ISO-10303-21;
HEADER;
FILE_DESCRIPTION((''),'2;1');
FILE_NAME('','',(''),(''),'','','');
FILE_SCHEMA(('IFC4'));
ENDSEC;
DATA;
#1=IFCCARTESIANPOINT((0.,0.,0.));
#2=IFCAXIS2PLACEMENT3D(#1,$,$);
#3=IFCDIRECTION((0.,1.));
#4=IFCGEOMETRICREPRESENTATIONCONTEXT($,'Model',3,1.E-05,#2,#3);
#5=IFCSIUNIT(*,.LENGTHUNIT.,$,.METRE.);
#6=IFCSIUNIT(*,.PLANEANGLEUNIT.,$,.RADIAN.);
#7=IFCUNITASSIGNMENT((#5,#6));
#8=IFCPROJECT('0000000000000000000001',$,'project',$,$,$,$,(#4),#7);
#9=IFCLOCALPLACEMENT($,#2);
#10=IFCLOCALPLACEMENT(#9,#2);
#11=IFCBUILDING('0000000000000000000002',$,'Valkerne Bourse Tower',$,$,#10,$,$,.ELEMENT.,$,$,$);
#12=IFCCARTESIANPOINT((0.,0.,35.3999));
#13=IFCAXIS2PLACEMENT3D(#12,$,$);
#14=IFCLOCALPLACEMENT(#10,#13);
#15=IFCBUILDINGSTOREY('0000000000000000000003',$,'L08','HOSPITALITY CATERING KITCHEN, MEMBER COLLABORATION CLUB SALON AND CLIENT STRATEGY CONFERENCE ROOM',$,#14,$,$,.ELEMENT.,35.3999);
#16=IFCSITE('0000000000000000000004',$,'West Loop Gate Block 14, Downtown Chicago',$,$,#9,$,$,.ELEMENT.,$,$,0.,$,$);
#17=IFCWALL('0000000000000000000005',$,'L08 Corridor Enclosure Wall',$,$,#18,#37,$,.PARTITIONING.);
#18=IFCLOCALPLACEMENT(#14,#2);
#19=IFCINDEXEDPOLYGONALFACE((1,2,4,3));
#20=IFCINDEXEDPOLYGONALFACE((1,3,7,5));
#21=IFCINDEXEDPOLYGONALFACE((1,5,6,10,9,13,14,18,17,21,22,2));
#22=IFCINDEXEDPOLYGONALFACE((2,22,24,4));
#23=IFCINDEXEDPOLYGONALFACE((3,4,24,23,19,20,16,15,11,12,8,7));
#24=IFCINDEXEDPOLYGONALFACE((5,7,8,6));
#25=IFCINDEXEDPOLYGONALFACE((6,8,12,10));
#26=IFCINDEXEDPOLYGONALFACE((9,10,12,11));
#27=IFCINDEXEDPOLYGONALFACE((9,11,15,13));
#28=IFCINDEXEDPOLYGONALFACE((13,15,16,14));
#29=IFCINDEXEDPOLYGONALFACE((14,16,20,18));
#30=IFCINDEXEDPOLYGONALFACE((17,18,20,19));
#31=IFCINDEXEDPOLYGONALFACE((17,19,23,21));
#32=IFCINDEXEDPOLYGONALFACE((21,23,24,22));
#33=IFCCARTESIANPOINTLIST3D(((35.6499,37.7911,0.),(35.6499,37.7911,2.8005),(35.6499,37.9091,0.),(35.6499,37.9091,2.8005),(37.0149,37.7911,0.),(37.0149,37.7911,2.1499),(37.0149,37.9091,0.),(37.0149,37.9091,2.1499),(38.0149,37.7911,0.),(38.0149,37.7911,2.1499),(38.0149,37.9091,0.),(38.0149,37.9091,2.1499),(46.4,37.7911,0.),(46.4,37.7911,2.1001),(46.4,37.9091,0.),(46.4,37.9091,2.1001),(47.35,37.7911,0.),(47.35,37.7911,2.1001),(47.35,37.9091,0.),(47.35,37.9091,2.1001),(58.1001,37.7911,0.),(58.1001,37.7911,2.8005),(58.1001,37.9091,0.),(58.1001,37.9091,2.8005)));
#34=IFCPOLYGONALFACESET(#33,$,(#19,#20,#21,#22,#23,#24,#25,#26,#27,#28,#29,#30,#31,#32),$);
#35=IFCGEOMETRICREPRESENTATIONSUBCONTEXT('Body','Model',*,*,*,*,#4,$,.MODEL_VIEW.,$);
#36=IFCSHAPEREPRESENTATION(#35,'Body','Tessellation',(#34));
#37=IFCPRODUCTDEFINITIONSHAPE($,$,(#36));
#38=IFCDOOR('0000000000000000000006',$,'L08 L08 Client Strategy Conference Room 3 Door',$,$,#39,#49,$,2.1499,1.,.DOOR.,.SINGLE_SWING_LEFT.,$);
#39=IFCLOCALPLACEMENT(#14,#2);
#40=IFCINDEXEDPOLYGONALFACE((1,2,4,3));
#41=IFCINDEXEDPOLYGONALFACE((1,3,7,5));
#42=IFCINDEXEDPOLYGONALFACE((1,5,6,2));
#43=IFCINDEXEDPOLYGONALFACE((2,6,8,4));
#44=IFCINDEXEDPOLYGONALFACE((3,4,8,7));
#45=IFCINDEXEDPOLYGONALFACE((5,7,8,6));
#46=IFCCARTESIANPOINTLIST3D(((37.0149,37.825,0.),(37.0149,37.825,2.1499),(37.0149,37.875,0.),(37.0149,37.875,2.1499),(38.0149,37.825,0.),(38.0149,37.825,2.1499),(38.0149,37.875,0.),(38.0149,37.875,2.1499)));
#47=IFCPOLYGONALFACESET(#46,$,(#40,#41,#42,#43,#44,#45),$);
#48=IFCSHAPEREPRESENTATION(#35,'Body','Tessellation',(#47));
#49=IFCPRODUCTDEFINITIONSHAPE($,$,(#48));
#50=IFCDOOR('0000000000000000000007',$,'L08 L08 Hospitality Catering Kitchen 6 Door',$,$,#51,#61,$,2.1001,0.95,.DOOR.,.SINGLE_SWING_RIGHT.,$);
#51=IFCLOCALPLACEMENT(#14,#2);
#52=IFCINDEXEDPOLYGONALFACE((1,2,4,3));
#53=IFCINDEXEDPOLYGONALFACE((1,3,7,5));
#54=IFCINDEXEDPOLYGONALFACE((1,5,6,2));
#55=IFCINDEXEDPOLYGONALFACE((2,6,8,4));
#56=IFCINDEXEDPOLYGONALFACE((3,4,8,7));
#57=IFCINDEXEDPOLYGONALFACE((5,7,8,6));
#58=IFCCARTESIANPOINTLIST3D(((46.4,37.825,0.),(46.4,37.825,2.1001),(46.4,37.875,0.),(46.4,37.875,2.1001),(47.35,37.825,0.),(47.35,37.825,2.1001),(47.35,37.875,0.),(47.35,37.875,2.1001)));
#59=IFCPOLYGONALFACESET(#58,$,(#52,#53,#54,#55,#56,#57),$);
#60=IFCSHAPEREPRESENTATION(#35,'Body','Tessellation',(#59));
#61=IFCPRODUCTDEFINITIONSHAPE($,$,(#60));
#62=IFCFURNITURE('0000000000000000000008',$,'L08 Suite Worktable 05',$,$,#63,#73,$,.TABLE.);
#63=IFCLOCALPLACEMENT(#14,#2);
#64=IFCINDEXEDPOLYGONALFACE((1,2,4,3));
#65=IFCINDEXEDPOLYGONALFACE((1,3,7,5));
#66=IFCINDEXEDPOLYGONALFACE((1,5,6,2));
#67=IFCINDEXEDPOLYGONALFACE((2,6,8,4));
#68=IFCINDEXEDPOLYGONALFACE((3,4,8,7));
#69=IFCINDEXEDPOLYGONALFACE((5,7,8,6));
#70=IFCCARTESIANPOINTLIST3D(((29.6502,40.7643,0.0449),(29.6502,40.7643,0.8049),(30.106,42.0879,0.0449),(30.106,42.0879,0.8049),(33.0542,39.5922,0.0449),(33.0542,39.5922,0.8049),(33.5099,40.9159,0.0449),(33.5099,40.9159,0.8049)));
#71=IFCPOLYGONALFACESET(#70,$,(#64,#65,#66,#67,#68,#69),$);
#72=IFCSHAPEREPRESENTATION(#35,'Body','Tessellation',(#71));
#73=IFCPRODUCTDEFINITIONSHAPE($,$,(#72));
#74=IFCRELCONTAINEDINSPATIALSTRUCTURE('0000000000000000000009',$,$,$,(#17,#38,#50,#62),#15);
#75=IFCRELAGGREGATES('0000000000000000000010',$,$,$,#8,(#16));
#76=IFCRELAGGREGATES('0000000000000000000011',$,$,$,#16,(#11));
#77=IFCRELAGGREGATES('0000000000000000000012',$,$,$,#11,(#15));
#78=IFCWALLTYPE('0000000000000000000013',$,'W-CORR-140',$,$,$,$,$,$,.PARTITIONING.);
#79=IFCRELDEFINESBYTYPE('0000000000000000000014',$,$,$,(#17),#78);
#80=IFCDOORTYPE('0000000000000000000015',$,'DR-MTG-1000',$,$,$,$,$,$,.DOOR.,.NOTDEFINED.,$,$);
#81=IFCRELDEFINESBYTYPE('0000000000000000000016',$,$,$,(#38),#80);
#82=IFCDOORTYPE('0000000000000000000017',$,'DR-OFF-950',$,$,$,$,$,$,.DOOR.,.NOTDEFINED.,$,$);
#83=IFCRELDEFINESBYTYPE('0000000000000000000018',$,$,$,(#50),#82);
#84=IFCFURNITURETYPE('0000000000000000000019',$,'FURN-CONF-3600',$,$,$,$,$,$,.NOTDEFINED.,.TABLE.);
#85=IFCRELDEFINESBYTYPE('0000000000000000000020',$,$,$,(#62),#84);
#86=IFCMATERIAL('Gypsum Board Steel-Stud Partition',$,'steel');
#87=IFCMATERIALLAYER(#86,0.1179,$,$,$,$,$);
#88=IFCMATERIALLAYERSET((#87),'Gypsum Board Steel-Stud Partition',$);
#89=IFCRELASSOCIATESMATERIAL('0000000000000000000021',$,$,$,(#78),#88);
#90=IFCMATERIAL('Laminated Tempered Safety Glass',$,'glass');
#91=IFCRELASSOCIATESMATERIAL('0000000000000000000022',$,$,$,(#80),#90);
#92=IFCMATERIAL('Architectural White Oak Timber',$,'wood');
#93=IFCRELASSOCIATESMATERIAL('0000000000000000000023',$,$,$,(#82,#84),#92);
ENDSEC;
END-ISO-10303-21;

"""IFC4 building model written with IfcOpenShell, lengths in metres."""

from ifc_helpers import new_model, si_unit, direction, frame, frame_2d, origin, origin_2d, place, context, subcontext, project, spatial, rectangle, extrude, material, layer, layer_set, type_object, element, fill, save


model = new_model("IFC4")

# Units and contexts
model_context = context("Model", 3, precision=1e-05, world=origin(), true_north=direction((0.0, 1.0)))
body_context = subcontext(model_context, "Body", "Model", "MODEL_VIEW")
ifc_project = project(units=[si_unit("LENGTHUNIT", "METRE"), si_unit("PLANEANGLEUNIT", "RADIAN")], contexts=[model_context])

# Site, building, storey
site_placement = place(None, origin())
site = spatial("IfcSite", under=ifc_project, at=site_placement, Name="West Loop Gate Block 14, Downtown Chicago", CompositionType="ELEMENT", RefElevation=0.0)
building_placement = place(site_placement, origin())
building = spatial("IfcBuilding", under=site, at=building_placement, Name="Valkerne Bourse Tower", CompositionType="ELEMENT")
storey_placement = place(building_placement, frame((0.0, 0.0, 35.3999)))
storey = spatial("IfcBuildingStorey", under=building, at=storey_placement, Name="L08", Description="HOSPITALITY CATERING KITCHEN, MEMBER COLLABORATION CLUB SALON AND CLIENT STRATEGY CONFERENCE ROOM", CompositionType="ELEMENT", Elevation=35.3999)

# Wall, openings, doors
ifc_material_1 = material(Name="Gypsum Board Steel-Stud Partition", Category="steel")
ifc_layer_1 = layer(ifc_material_1, 0.1179)
ifc_layer_set_1 = layer_set([ifc_layer_1], Name="Gypsum Board Steel-Stud Partition")
wall_type = type_object("IfcWallType", Name="W-CORR-140", PredefinedType="PARTITIONING", material=ifc_layer_set_1)
wall_placement = place(storey_placement, frame((35.6499, 37.8501, 0.0), z_axis=(0.0, 0.0, 1.0), x_axis=(1.0, 0.0, 0.0)))
wall = element("IfcWall", 1, at=wall_placement, inside=storey, type_object=wall_type, Name="L08 Corridor Enclosure Wall", PredefinedType="PARTITIONING", context=body_context, shape_type="SweptSolid", body=[
    extrude(rectangle(XDim=22.4502, YDim=0.1179, at=frame_2d((11.2251, 0.0))), origin(), (0.0, 0.0, 1.0), 2.8005),
])
opening_1_placement = place(wall_placement, frame((1.365, 0.0, 0.0)))
opening_1 = element("IfcOpeningElement", 2, at=opening_1_placement, cuts=wall, PredefinedType="OPENING", context=body_context, shape_type="SweptSolid", body=[
    extrude(rectangle(XDim=1.0, YDim=2.1499, at=frame_2d((0.5, 1.075))), frame((0.0, 0.0688, 0.0), z_axis=(0.0, -1.0, 0.0), x_axis=(1.0, 0.0, 0.0)), (0.0, 0.0, 1.0), 0.1379),
])
opening_2_placement = place(wall_placement, frame((10.75, 0.0, 0.0)))
opening_2 = element("IfcOpeningElement", 3, at=opening_2_placement, cuts=wall, PredefinedType="OPENING", context=body_context, shape_type="SweptSolid", body=[
    extrude(rectangle(XDim=0.95, YDim=2.1001, at=frame_2d((0.4751, 1.05))), frame((0.0, 0.0688, 0.0), z_axis=(0.0, -1.0, 0.0), x_axis=(1.0, 0.0, 0.0)), (0.0, 0.0, 1.0), 0.1379),
])
ifc_material_2 = material(Name="Laminated Tempered Safety Glass", Category="glass")
door_type_1 = type_object("IfcDoorType", Name="DR-MTG-1000", OperationType="NOTDEFINED", PredefinedType="DOOR", material=ifc_material_2)
door_1_placement = place(opening_1_placement, origin())
door_1 = element("IfcDoor", 4, at=door_1_placement, inside=storey, type_object=door_type_1, Name="L08 L08 Client Strategy Conference Room 3 Door", OperationType="SINGLE_SWING_LEFT", OverallHeight=2.1499, OverallWidth=1.0, PredefinedType="DOOR", context=body_context, shape_type="SweptSolid", body=[
    extrude(rectangle(XDim=1.0, YDim=2.1499, at=frame_2d((0.5, 1.075))), frame((0.0, 0.0249, 0.0), z_axis=(0.0, -1.0, 0.0), x_axis=(1.0, 0.0, 0.0)), (0.0, 0.0, 1.0), 0.05),
])
fill(opening_1, door_1)
ifc_material_3 = material(Name="Architectural White Oak Timber", Category="wood")
door_type_2 = type_object("IfcDoorType", Name="DR-OFF-950", OperationType="NOTDEFINED", PredefinedType="DOOR", material=ifc_material_3)
door_2_placement = place(opening_2_placement, origin())
door_2 = element("IfcDoor", 5, at=door_2_placement, inside=storey, type_object=door_type_2, Name="L08 L08 Hospitality Catering Kitchen 6 Door", OperationType="SINGLE_SWING_RIGHT", OverallHeight=2.1001, OverallWidth=0.95, PredefinedType="DOOR", context=body_context, shape_type="SweptSolid", body=[
    extrude(rectangle(XDim=0.95, YDim=2.1001, at=frame_2d((0.4751, 1.05))), frame((0.0, 0.0249, 0.0), z_axis=(0.0, -1.0, 0.0), x_axis=(1.0, 0.0, 0.0)), (0.0, 0.0, 1.0), 0.05),
])
fill(opening_2, door_2)

# Furniture
furniture_type = type_object("IfcFurnitureType", Name="FURN-CONF-3600", AssemblyPlace="NOTDEFINED", PredefinedType="TABLE", material=ifc_material_3)
furniture_placement = place(storey_placement, frame((31.5801, 40.8401, 0.0449), z_axis=(0.0, 0.0, 1.0), x_axis=(-0.945519, 0.325568, 0.0)))
element("IfcFurniture", 6, at=furniture_placement, inside=storey, type_object=furniture_type, Name="L08 Suite Worktable 05", PredefinedType="TABLE", context=body_context, shape_type="SweptSolid", body=[
    extrude(rectangle(XDim=3.6001, YDim=1.3999, at=origin_2d()), origin(), (0.0, 0.0, 1.0), 0.76),
])

save(model, "model.ifc")
